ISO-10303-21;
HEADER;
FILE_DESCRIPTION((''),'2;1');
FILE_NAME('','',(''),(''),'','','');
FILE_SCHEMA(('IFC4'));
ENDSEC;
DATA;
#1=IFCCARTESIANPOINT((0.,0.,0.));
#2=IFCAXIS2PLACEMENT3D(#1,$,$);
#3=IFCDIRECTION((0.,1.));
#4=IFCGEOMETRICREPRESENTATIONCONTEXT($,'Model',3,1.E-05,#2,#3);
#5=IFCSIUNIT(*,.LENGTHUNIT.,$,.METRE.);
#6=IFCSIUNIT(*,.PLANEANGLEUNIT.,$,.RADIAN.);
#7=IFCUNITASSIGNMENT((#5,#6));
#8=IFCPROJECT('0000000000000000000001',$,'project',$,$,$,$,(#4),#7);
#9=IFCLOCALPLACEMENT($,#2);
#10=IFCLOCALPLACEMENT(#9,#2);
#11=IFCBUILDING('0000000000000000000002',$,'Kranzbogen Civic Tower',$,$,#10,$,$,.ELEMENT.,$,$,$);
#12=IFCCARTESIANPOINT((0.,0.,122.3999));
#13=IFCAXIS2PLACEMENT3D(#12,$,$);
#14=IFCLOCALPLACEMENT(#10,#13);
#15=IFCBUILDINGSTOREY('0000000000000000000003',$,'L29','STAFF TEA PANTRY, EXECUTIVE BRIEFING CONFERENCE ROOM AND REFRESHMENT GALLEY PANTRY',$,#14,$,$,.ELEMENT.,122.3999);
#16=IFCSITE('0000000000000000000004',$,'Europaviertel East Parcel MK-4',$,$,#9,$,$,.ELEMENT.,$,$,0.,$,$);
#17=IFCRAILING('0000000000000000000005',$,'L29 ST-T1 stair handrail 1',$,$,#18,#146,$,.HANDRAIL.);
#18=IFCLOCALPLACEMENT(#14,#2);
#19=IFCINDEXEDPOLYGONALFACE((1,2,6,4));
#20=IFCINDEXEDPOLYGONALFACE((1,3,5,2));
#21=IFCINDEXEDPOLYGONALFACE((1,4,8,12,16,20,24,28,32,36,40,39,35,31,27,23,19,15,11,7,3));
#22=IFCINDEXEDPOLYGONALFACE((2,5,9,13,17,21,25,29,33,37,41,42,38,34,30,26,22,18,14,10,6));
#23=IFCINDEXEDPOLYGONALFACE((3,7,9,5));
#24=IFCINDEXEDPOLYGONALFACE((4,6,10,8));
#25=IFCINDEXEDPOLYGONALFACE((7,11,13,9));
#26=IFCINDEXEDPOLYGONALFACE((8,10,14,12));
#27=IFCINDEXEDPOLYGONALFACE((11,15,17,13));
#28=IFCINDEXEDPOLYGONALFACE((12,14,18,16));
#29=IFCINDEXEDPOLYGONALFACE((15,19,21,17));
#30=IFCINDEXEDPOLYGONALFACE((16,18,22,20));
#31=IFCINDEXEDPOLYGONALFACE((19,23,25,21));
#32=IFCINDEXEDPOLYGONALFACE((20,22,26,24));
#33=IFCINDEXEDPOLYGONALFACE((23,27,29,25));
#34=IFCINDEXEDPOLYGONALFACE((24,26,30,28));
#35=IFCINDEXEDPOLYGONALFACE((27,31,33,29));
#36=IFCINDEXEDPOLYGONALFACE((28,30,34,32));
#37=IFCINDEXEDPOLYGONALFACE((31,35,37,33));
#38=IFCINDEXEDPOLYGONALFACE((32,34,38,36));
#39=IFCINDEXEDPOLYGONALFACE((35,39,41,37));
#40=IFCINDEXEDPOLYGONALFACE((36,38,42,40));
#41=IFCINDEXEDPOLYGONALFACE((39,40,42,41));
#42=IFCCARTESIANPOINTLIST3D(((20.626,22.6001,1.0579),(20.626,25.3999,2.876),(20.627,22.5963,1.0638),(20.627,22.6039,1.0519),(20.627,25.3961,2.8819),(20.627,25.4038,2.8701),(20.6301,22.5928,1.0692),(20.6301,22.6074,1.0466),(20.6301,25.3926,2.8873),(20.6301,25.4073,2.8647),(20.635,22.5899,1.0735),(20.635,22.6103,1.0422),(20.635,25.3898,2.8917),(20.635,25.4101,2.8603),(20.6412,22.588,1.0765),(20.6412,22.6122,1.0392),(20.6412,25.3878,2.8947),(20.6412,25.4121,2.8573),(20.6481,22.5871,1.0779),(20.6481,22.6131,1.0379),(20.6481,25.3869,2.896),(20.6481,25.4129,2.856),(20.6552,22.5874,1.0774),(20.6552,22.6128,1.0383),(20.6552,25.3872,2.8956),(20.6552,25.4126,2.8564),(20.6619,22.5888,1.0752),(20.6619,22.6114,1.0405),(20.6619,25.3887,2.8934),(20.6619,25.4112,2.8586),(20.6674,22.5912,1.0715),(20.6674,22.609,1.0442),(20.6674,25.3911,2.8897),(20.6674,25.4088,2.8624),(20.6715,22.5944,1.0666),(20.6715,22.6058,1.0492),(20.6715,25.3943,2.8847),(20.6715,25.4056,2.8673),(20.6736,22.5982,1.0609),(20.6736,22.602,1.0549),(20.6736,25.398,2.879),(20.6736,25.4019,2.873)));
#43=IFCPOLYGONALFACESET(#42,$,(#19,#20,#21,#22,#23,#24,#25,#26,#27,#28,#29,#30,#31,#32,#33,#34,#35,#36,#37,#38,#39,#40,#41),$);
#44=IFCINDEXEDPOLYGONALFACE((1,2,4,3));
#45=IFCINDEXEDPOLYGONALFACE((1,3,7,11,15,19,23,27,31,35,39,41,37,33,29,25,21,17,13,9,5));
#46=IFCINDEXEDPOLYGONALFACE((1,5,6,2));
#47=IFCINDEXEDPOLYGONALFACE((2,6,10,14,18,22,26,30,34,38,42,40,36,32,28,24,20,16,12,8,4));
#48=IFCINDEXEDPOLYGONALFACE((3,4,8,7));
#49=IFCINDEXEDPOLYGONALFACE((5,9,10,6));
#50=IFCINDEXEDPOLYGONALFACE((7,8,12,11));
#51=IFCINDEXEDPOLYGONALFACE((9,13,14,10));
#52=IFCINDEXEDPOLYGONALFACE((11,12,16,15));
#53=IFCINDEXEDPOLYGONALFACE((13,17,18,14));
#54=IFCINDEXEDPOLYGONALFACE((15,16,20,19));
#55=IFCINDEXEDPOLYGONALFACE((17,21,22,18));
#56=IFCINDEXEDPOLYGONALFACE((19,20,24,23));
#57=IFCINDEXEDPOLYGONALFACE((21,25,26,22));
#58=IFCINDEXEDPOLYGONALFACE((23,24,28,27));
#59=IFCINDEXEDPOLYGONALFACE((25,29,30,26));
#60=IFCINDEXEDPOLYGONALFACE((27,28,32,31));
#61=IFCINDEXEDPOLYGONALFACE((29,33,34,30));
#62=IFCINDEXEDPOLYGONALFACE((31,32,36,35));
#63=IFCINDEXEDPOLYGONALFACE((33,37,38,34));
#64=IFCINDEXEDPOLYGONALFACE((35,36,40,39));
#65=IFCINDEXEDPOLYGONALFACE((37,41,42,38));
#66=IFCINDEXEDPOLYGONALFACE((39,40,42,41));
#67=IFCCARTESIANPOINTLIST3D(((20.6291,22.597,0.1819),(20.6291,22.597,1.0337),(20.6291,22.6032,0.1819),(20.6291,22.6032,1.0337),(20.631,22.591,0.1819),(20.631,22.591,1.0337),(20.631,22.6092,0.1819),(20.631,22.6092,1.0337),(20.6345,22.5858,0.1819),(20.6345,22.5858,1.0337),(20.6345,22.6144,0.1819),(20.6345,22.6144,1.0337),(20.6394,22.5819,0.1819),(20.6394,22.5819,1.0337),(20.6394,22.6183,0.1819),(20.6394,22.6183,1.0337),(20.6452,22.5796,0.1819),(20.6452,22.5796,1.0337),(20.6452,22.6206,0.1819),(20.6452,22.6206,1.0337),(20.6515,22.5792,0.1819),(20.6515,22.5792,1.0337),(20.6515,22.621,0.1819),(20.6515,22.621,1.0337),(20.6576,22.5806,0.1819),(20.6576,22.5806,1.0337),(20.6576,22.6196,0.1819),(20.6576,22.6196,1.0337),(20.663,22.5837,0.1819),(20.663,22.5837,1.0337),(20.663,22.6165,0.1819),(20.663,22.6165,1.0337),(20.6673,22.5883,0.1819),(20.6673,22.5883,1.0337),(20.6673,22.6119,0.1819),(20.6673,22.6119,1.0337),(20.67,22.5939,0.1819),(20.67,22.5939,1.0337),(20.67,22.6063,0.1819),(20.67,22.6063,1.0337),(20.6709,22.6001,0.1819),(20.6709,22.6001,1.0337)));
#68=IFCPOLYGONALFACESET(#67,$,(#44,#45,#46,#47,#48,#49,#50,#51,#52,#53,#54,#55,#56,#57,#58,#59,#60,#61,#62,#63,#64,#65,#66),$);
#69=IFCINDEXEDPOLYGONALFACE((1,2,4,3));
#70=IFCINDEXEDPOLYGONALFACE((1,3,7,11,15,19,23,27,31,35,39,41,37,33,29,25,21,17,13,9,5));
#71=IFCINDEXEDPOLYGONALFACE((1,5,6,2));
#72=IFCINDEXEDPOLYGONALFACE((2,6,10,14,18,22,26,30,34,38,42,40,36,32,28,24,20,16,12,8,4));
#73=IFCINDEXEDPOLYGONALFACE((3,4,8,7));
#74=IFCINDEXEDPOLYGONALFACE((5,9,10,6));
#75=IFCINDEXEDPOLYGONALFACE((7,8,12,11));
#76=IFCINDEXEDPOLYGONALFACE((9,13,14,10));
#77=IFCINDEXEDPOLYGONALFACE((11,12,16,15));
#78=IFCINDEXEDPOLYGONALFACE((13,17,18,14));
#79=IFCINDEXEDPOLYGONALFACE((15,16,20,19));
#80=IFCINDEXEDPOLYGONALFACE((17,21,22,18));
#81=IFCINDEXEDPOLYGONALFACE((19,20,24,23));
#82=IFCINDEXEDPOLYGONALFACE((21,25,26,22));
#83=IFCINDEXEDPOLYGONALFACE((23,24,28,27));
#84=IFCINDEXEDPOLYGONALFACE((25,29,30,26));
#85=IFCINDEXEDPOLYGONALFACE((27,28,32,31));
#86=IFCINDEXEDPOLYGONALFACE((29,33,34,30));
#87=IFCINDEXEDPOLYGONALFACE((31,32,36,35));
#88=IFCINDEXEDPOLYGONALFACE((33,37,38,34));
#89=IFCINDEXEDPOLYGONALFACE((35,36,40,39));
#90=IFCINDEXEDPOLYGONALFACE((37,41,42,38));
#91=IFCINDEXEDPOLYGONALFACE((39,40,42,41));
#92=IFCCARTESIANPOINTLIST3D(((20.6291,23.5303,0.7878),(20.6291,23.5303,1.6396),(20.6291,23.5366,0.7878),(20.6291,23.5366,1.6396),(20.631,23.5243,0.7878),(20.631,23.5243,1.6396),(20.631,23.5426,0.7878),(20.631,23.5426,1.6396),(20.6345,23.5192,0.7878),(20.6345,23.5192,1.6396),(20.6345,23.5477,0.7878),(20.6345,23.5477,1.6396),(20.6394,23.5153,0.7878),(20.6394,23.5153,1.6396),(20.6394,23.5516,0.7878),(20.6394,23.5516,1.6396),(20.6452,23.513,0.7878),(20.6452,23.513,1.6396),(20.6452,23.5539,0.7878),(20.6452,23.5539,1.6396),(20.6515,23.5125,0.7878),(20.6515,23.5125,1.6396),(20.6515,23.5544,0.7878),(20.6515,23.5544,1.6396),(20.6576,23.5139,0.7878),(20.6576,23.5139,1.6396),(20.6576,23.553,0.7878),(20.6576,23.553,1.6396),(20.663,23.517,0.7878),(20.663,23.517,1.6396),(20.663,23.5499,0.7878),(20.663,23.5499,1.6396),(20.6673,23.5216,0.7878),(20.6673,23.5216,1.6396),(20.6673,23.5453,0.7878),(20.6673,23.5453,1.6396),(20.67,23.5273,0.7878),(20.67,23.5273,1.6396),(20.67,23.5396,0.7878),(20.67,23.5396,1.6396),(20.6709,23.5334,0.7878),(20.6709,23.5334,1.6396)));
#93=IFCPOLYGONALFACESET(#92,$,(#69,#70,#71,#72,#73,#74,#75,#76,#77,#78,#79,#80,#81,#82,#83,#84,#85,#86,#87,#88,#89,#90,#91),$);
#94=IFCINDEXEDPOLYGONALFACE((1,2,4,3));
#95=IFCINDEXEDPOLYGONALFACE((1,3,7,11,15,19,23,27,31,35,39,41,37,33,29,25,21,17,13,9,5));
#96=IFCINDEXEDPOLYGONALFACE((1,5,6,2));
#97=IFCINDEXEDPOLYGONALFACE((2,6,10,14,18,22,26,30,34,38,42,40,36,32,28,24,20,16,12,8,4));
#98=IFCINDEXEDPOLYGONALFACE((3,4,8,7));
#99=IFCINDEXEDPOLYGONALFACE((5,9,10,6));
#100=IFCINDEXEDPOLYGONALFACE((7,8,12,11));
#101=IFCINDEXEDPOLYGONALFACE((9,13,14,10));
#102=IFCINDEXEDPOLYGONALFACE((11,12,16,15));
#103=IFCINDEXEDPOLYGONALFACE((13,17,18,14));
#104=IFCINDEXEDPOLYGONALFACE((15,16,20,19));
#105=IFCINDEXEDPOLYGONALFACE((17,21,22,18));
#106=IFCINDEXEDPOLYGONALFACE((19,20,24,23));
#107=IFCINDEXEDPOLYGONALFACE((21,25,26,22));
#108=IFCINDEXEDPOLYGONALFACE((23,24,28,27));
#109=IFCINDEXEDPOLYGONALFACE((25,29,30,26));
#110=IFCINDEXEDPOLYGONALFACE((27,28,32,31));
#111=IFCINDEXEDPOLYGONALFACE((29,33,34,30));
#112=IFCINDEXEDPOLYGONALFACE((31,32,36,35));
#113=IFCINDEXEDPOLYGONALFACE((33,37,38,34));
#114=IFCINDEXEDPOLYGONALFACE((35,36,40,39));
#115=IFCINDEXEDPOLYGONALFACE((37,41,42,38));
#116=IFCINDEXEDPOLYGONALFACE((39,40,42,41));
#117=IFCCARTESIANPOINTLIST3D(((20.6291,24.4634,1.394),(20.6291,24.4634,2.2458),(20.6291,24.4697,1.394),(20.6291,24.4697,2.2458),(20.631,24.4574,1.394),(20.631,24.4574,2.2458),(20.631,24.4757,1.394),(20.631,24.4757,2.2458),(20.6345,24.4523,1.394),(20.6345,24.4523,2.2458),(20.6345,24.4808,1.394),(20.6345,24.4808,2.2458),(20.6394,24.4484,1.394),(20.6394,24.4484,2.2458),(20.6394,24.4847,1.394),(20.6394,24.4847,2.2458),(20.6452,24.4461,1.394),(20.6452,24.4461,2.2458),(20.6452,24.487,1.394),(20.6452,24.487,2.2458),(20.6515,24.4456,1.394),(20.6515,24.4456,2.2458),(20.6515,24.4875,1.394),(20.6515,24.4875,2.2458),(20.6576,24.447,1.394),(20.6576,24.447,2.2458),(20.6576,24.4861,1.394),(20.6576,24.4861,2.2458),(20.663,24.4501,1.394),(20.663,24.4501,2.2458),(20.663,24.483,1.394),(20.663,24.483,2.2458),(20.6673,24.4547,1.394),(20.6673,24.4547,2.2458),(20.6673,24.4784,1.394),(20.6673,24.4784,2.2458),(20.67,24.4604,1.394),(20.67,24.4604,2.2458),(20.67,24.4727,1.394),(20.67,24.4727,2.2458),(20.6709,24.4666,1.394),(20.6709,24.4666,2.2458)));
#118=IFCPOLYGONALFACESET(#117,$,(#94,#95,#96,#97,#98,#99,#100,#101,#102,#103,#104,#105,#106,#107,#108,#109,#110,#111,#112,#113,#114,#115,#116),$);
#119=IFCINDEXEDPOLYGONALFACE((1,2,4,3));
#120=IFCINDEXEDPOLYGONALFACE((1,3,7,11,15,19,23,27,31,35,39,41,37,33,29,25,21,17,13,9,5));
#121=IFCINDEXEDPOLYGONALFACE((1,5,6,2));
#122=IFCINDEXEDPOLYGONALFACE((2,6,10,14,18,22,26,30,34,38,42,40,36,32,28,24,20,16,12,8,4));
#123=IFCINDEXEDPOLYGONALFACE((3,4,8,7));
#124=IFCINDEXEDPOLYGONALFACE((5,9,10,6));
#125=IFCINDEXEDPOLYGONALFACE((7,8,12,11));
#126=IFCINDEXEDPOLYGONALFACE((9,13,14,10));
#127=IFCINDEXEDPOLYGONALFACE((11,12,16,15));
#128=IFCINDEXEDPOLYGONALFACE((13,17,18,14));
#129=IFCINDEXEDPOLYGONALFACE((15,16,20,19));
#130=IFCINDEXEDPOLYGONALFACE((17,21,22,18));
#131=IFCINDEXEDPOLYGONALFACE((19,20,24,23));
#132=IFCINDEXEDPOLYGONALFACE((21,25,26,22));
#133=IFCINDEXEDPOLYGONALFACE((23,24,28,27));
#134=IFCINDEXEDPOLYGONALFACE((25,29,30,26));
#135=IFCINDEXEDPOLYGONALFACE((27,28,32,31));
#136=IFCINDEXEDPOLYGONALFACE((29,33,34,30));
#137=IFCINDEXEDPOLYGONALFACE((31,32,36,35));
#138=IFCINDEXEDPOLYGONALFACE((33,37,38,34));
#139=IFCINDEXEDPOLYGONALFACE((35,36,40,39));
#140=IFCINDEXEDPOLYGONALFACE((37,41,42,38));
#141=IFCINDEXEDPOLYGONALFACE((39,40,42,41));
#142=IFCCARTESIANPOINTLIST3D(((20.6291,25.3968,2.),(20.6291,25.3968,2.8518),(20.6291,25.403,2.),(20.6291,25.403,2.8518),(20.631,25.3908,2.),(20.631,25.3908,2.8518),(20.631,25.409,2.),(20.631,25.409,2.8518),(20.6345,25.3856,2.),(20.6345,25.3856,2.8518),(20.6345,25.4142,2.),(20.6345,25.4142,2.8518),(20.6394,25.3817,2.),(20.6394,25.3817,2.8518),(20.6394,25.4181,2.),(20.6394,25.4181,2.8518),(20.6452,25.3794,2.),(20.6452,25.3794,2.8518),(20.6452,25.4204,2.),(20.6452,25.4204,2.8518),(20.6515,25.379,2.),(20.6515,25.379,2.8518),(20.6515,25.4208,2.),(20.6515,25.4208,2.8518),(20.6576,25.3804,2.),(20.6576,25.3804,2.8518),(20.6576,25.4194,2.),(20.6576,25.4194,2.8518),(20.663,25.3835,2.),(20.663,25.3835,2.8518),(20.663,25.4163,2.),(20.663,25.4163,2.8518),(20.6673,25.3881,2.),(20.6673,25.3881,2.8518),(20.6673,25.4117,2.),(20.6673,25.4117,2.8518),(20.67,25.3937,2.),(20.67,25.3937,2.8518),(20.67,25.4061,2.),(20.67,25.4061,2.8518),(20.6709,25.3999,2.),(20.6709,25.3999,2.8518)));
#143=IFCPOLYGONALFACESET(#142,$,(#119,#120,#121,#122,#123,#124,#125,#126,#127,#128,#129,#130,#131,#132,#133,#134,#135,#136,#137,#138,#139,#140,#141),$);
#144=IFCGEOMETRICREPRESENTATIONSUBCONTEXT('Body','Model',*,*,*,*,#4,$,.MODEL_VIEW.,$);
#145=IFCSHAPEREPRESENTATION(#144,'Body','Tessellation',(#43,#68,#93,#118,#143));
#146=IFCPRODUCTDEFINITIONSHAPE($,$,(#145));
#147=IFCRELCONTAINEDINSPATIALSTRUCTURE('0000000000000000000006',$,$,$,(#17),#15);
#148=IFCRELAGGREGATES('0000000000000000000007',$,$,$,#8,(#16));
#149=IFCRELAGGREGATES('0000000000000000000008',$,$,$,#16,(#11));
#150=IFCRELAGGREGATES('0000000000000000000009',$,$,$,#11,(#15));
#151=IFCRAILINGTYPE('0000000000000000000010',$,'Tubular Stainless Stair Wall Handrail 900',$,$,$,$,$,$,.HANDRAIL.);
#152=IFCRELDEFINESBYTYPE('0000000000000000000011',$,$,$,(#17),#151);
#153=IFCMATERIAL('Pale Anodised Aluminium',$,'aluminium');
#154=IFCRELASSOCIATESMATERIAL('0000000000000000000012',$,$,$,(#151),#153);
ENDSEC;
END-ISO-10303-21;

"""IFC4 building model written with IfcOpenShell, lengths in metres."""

from ifc_helpers import new_model, si_unit, direction, frame, origin, origin_2d, place, context, subcontext, project, spatial, circle, extrude, material, type_object, element, save


model = new_model("IFC4")

# Units and contexts
model_context = context("Model", 3, precision=1e-05, world=origin(), true_north=direction((0.0, 1.0)))
body_context = subcontext(model_context, "Body", "Model", "MODEL_VIEW")
ifc_project = project(units=[si_unit("LENGTHUNIT", "METRE"), si_unit("PLANEANGLEUNIT", "RADIAN")], contexts=[model_context])

# Site, building, storey
site_placement = place(None, origin())
site = spatial("IfcSite", under=ifc_project, at=site_placement, Name="Europaviertel East Parcel MK-4", CompositionType="ELEMENT", RefElevation=0.0)
building_placement = place(site_placement, origin())
building = spatial("IfcBuilding", under=site, at=building_placement, Name="Kranzbogen Civic Tower", CompositionType="ELEMENT")
storey_placement = place(building_placement, frame((0.0, 0.0, 122.3999)))
storey = spatial("IfcBuildingStorey", under=building, at=storey_placement, Name="L29", Description="STAFF TEA PANTRY, EXECUTIVE BRIEFING CONFERENCE ROOM AND REFRESHMENT GALLEY PANTRY", CompositionType="ELEMENT", Elevation=122.3999)

# Shared definitions
ifc_material_1 = material(Name="Pale Anodised Aluminium", Category="aluminium")

# Railing
railing_type_1 = type_object("IfcRailingType", Name="Tubular Stainless Stair Wall Handrail 900", PredefinedType="HANDRAIL", material=ifc_material_1)
railing_1_placement = place(storey_placement, frame((20.6499, 22.6001, 0.1819)))
element("IfcRailing", 1, at=railing_1_placement, inside=storey, type_object=railing_type_1, Name="L29 ST-T1 stair handrail 1", PredefinedType="HANDRAIL", context=body_context, shape_type="SweptSolid", body=[
    extrude(circle(Radius=0.0239, at=origin_2d()), frame((0.0, 0.0, 0.876), z_axis=(0.0, 0.838684, 0.544618), x_axis=(-1.0, 0.0, 0.0)), (0.0, 0.0, 1.0), 3.3384),
    extrude(circle(Radius=0.021, at=origin_2d()), origin(), (0.0, 0.0, 1.0), 0.8518),
    extrude(circle(Radius=0.021, at=origin_2d()), frame((0.0, 0.9333, 0.606)), (0.0, 0.0, 1.0), 0.8518),
    extrude(circle(Radius=0.021, at=origin_2d()), frame((0.0, 1.8665, 1.2122)), (0.0, 0.0, 1.0), 0.8518),
    extrude(circle(Radius=0.021, at=origin_2d()), frame((0.0, 2.7998, 1.8181)), (0.0, 0.0, 1.0), 0.8518),
])

save(model, "model.ifc")
